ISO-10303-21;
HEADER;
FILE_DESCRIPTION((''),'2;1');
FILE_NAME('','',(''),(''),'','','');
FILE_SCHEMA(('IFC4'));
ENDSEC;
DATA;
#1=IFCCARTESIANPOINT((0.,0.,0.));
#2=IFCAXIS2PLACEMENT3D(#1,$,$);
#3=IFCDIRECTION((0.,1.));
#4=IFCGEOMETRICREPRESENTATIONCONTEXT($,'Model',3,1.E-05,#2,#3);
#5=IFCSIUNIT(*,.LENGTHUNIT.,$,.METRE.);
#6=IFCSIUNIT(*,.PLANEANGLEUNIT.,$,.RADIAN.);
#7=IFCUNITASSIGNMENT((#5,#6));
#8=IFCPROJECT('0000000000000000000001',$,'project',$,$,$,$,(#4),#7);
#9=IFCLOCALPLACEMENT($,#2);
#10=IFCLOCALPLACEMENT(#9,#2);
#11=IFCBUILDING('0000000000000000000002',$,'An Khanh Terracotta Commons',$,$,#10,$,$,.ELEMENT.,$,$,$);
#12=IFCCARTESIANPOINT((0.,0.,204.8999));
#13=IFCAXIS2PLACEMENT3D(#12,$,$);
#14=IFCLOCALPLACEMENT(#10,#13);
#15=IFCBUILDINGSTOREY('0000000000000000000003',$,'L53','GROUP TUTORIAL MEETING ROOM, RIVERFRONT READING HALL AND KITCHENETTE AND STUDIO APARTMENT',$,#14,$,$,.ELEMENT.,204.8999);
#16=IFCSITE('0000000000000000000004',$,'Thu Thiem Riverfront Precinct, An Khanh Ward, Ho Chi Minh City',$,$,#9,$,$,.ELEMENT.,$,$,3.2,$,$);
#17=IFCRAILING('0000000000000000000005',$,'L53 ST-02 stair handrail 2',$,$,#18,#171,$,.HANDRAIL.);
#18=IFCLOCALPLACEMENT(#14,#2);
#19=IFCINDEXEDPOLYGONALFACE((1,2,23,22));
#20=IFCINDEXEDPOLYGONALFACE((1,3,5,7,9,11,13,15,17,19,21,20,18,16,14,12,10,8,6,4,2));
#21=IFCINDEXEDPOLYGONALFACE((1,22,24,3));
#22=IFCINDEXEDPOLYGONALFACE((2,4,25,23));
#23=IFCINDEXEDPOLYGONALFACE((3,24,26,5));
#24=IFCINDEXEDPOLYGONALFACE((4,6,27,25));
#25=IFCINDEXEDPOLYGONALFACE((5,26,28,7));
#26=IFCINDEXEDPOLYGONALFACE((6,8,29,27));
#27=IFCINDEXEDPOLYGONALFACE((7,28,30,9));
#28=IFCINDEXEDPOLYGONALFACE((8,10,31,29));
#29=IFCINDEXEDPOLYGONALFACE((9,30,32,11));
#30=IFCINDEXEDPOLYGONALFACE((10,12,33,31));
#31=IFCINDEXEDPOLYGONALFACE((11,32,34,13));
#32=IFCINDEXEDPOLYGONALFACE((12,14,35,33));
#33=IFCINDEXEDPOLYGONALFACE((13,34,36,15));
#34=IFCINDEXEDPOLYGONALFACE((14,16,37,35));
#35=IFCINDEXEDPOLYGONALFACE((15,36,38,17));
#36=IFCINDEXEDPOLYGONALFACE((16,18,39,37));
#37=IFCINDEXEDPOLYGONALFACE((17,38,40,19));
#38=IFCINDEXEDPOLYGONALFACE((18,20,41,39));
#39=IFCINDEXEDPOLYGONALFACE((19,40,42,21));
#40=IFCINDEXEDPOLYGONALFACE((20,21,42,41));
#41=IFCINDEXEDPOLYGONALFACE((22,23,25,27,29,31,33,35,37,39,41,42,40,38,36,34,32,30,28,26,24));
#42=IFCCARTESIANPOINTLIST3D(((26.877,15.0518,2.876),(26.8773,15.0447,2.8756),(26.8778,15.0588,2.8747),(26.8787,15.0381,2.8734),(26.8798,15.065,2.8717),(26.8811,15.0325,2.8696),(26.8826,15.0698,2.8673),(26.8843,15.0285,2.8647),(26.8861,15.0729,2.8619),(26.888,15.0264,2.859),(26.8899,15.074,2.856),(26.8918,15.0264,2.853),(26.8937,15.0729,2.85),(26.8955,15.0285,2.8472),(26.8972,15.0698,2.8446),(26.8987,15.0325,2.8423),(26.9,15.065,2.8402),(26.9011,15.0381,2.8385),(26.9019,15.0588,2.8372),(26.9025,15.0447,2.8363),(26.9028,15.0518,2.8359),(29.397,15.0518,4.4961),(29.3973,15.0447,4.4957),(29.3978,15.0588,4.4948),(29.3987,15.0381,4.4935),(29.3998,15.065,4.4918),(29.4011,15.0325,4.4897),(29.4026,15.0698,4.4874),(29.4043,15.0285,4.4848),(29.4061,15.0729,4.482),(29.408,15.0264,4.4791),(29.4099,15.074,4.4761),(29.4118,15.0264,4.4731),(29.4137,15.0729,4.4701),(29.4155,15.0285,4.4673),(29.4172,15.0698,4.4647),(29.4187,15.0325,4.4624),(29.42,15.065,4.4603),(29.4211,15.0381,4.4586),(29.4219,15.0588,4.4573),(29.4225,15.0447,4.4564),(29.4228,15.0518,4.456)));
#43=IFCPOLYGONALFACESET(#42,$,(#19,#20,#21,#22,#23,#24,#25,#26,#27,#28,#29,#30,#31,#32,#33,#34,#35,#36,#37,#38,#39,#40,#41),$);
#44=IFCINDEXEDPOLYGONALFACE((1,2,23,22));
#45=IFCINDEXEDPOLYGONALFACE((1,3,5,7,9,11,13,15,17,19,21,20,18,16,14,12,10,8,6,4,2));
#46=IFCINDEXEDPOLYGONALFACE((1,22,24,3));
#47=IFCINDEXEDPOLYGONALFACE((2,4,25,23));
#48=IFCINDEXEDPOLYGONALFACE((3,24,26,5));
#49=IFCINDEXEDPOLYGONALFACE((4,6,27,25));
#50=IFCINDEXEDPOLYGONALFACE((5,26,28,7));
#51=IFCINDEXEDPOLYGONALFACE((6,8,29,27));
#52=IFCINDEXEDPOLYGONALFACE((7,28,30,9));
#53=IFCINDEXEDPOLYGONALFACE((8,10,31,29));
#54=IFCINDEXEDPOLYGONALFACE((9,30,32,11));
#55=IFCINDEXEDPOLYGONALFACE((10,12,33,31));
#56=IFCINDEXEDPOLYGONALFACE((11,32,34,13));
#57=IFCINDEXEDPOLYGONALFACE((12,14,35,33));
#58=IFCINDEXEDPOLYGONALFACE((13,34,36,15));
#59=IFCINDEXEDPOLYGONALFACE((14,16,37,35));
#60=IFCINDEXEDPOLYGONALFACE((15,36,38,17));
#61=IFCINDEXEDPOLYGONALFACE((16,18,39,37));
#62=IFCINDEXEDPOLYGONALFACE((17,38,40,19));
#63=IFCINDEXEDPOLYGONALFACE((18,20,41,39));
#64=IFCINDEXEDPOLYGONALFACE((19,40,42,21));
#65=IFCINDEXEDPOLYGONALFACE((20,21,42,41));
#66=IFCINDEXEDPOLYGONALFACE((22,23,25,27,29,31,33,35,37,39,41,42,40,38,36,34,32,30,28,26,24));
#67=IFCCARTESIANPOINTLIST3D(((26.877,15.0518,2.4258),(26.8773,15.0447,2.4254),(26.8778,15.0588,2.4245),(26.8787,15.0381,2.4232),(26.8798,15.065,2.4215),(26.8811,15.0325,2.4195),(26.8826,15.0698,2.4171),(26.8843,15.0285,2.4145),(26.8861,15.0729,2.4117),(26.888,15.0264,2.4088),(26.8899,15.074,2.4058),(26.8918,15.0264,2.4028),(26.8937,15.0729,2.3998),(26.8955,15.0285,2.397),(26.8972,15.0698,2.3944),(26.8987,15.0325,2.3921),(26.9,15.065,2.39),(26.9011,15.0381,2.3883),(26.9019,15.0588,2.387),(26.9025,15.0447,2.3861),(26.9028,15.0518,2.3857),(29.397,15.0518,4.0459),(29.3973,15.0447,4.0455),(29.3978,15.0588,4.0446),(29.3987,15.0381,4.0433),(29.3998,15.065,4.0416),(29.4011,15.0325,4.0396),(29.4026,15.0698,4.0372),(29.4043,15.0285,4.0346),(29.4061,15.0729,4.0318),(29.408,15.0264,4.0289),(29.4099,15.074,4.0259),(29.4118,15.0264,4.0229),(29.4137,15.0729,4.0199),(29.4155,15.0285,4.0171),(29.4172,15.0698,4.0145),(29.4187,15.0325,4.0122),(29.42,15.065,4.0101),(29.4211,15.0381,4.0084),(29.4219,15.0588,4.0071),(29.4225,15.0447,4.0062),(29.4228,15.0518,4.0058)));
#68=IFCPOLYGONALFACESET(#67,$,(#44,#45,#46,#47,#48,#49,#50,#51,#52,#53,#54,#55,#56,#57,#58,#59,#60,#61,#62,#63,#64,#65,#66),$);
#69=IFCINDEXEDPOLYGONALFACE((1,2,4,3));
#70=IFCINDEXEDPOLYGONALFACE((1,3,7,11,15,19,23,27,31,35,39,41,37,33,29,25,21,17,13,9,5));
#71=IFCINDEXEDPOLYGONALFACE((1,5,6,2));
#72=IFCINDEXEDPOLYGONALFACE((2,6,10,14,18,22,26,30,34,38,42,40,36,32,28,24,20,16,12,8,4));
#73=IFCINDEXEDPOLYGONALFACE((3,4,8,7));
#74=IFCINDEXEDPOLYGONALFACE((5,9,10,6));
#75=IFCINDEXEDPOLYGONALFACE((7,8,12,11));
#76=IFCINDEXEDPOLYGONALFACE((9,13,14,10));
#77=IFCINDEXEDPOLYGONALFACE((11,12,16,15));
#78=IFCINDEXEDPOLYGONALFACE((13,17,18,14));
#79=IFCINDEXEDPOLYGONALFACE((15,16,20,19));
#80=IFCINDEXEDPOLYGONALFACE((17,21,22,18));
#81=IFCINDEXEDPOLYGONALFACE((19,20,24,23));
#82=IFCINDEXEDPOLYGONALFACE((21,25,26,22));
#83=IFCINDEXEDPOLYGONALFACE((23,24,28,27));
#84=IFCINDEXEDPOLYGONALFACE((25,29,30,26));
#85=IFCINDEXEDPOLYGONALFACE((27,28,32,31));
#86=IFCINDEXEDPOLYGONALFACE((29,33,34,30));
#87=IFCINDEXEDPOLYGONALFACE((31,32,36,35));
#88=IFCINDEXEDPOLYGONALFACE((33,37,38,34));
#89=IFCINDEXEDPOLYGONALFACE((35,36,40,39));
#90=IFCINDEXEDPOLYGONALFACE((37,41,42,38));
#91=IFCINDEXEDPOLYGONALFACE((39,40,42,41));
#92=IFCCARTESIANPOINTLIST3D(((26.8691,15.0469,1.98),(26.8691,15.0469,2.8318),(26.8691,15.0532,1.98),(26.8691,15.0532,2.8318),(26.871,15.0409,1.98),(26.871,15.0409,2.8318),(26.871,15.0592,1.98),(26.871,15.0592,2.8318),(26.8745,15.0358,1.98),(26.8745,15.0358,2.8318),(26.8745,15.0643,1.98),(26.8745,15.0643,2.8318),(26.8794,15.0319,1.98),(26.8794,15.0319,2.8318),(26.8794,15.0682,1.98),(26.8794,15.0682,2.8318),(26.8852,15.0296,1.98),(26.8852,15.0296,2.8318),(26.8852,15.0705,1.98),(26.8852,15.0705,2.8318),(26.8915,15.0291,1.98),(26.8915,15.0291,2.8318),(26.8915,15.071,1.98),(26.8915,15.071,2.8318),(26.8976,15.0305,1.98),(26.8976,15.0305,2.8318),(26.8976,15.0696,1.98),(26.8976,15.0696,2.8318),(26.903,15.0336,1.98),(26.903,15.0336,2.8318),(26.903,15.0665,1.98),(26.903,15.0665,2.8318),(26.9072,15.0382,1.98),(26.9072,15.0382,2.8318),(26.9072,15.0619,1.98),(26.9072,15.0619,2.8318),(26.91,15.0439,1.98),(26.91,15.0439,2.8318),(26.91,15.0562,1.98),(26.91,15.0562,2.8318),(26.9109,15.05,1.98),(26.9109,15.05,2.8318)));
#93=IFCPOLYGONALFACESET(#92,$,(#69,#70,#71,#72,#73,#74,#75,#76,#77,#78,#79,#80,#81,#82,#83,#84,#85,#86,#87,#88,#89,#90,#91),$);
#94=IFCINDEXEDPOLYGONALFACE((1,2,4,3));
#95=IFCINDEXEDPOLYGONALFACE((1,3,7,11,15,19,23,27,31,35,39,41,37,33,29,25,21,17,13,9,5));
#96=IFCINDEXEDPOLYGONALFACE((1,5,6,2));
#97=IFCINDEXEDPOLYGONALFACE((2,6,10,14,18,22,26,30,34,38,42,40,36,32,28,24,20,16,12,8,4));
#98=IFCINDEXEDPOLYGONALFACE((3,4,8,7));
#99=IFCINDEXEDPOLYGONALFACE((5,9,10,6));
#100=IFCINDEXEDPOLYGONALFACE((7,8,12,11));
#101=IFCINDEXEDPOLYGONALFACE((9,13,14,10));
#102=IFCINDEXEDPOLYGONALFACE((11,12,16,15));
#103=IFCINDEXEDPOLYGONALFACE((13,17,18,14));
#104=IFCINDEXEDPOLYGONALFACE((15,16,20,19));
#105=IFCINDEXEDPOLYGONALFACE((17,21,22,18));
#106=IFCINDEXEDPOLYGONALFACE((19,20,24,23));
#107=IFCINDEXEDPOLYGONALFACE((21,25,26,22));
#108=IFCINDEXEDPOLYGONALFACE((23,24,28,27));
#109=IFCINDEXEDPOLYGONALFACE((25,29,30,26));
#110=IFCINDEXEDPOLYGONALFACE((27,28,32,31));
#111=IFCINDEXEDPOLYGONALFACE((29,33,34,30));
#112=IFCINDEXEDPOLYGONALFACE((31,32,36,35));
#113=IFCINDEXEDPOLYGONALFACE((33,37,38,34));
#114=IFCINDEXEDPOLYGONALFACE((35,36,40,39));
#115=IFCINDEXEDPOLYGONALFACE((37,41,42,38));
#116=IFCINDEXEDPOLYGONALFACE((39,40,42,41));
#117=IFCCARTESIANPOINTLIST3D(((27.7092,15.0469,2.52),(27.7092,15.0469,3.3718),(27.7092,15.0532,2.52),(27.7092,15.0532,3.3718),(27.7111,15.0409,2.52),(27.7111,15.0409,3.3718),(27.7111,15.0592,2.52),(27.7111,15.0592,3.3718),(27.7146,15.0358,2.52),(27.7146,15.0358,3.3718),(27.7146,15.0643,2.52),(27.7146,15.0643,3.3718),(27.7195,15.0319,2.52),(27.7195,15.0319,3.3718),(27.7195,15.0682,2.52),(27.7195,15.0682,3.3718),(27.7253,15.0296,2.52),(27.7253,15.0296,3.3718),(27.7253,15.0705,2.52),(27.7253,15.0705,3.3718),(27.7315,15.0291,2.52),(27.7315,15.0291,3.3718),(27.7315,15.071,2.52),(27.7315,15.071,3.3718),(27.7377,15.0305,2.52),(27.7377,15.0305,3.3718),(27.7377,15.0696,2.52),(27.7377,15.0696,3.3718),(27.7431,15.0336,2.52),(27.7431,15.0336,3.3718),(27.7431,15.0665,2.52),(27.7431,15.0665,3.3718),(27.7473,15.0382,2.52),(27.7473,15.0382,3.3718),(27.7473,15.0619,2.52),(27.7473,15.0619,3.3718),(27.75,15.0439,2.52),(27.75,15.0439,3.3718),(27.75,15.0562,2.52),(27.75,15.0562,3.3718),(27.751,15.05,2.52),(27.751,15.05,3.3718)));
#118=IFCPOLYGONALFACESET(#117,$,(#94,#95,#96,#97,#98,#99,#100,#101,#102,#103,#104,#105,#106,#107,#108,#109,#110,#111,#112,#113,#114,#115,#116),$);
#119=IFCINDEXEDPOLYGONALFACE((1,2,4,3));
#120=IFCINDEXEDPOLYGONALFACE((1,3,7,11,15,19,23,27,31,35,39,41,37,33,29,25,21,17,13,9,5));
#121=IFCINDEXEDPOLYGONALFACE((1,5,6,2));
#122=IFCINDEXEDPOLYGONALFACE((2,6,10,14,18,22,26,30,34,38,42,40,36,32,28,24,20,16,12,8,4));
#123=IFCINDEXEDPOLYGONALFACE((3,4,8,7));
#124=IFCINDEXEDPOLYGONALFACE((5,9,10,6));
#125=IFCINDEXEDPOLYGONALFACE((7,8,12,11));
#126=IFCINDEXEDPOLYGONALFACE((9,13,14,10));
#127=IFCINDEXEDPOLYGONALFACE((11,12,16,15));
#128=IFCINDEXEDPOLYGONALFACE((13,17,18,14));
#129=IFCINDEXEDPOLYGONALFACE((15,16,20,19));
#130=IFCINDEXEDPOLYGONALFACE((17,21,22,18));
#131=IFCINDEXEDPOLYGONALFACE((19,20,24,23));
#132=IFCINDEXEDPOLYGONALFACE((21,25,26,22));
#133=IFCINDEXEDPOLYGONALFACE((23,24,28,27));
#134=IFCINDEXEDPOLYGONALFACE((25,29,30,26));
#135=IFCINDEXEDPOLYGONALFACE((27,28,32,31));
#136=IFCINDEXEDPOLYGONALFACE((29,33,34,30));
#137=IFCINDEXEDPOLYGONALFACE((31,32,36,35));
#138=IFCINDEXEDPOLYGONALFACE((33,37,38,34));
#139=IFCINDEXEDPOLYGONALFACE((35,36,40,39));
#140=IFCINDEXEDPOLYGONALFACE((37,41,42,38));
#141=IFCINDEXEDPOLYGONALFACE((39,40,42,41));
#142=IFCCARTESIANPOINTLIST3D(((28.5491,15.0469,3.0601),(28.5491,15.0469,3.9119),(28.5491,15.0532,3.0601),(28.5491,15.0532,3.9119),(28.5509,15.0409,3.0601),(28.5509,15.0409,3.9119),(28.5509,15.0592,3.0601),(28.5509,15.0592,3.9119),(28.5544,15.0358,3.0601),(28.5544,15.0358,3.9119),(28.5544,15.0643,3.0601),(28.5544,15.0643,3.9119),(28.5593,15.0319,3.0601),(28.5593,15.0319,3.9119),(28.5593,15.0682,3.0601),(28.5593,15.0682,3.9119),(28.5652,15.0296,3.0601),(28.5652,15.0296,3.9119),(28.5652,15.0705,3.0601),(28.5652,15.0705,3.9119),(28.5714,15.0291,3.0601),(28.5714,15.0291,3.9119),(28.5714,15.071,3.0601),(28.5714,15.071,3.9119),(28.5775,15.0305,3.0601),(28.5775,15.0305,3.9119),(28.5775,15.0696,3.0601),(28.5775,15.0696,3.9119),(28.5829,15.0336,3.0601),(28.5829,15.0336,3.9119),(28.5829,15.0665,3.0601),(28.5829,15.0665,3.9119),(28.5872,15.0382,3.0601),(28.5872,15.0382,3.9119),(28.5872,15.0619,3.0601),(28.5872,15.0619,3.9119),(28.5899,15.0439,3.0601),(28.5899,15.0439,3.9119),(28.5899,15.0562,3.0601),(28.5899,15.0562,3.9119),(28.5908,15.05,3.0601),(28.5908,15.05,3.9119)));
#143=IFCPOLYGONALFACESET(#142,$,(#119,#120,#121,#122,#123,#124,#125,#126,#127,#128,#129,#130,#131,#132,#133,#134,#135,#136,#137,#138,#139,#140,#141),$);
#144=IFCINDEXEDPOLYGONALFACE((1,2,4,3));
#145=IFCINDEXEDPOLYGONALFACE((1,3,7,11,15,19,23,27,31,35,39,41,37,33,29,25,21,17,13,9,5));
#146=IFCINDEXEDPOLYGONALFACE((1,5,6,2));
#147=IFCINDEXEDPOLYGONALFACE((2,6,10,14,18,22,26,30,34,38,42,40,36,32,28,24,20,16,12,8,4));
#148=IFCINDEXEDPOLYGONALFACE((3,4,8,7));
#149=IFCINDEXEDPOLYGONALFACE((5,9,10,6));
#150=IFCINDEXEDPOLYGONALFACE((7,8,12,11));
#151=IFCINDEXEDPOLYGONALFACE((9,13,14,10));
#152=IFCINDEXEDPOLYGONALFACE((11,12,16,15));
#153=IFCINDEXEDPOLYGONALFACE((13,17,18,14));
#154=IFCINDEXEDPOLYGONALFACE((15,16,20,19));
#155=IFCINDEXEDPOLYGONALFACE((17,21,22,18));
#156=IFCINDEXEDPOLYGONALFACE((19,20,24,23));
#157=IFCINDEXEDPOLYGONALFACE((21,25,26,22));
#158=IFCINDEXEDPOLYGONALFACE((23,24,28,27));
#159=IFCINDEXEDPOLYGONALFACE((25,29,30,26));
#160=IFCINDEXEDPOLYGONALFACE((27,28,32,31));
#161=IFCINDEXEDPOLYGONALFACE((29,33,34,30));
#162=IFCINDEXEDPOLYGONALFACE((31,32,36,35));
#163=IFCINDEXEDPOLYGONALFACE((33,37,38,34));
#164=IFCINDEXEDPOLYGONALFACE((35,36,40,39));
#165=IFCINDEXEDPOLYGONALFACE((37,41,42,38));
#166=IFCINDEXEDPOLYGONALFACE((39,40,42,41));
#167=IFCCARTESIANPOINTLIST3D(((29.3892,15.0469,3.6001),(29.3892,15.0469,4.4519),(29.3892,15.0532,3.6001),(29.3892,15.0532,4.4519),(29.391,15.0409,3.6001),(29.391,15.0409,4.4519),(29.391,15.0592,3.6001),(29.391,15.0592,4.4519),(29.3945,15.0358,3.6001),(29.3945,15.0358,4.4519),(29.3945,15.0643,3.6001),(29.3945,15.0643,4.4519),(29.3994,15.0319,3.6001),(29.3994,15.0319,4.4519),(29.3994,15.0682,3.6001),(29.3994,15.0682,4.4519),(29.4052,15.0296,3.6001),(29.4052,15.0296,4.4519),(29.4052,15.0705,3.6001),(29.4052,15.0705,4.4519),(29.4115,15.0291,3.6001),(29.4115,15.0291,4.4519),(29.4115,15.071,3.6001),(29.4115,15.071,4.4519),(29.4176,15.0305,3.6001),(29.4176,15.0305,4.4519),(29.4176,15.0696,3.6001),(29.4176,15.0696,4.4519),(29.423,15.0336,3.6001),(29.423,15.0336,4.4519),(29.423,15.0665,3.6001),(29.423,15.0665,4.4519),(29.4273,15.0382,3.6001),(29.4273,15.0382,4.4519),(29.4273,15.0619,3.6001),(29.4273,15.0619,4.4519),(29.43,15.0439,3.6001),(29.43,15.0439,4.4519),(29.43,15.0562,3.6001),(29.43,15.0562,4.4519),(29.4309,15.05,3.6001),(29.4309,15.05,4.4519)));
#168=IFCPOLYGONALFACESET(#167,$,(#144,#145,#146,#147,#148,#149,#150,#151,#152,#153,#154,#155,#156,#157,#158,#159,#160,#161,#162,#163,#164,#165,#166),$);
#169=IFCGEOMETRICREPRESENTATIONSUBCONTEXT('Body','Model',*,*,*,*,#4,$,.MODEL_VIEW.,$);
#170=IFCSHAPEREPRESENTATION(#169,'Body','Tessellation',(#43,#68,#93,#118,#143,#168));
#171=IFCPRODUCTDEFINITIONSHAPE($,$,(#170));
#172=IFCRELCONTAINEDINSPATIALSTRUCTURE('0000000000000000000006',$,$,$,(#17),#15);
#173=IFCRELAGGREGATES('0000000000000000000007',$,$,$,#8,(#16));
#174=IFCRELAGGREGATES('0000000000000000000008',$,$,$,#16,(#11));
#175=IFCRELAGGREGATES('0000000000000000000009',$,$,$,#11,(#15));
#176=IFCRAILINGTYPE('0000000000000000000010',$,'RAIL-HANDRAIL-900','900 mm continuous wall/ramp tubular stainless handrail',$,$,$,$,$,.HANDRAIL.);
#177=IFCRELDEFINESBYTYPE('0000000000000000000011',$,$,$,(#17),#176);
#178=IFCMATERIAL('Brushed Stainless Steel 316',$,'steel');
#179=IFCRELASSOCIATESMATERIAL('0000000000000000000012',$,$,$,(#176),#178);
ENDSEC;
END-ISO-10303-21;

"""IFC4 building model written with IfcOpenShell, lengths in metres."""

from ifc_helpers import new_model, si_unit, direction, frame, origin, origin_2d, place, context, subcontext, project, spatial, circle, extrude, material, type_object, element, save


model = new_model("IFC4")

# Units and contexts
model_context = context("Model", 3, precision=1e-05, world=origin(), true_north=direction((0.0, 1.0)))
body_context = subcontext(model_context, "Body", "Model", "MODEL_VIEW")
ifc_project = project(units=[si_unit("LENGTHUNIT", "METRE"), si_unit("PLANEANGLEUNIT", "RADIAN")], contexts=[model_context])

# Site, building, storey
site_placement = place(None, origin())
site = spatial("IfcSite", under=ifc_project, at=site_placement, Name="Thu Thiem Riverfront Precinct, An Khanh Ward, Ho Chi Minh City", CompositionType="ELEMENT", RefElevation=3.2)
building_placement = place(site_placement, origin())
building = spatial("IfcBuilding", under=site, at=building_placement, Name="An Khanh Terracotta Commons", CompositionType="ELEMENT")
storey_placement = place(building_placement, frame((0.0, 0.0, 204.8999)))
storey = spatial("IfcBuildingStorey", under=building, at=storey_placement, Name="L53", Description="GROUP TUTORIAL MEETING ROOM, RIVERFRONT READING HALL AND KITCHENETTE AND STUDIO APARTMENT", CompositionType="ELEMENT", Elevation=204.8999)

# Railing
ifc_material_1 = material(Name="Brushed Stainless Steel 316", Category="steel")
railing_type_1 = type_object("IfcRailingType", Name="RAIL-HANDRAIL-900", Description="900 mm continuous wall/ramp tubular stainless handrail", PredefinedType="HANDRAIL", material=ifc_material_1)
railing_1_placement = place(storey_placement, frame((26.8899, 15.05, 1.98)))
element("IfcRailing", 1, at=railing_1_placement, inside=storey, type_object=railing_type_1, Name="L53 ST-02 stair handrail 2", PredefinedType="HANDRAIL", context=body_context, shape_type="SweptSolid", body=[
    extrude(circle(Radius=0.0239, at=origin_2d()), frame((0.0, 0.0, 0.876), z_axis=(0.841163, 0.0, 0.540782), x_axis=(0.0, 1.0, 0.0)), (0.0, 0.0, 1.0), 2.9958),
    extrude(circle(Radius=0.0239, at=origin_2d()), frame((0.0, 0.0, 0.4258), z_axis=(0.841163, 0.0, 0.540782), x_axis=(0.0, 1.0, 0.0)), (0.0, 0.0, 1.0), 2.9958),
    extrude(circle(Radius=0.021, at=origin_2d()), origin(), (0.0, 0.0, 1.0), 0.8518),
    extrude(circle(Radius=0.021, at=origin_2d()), frame((0.8401, 0.0, 0.54)), (0.0, 0.0, 1.0), 0.8518),
    extrude(circle(Radius=0.021, at=origin_2d()), frame((1.6799, 0.0, 1.0801)), (0.0, 0.0, 1.0), 0.8518),
    extrude(circle(Radius=0.021, at=origin_2d()), frame((2.52, 0.0, 1.6201)), (0.0, 0.0, 1.0), 0.8518),
])

save(model, "model.ifc")
